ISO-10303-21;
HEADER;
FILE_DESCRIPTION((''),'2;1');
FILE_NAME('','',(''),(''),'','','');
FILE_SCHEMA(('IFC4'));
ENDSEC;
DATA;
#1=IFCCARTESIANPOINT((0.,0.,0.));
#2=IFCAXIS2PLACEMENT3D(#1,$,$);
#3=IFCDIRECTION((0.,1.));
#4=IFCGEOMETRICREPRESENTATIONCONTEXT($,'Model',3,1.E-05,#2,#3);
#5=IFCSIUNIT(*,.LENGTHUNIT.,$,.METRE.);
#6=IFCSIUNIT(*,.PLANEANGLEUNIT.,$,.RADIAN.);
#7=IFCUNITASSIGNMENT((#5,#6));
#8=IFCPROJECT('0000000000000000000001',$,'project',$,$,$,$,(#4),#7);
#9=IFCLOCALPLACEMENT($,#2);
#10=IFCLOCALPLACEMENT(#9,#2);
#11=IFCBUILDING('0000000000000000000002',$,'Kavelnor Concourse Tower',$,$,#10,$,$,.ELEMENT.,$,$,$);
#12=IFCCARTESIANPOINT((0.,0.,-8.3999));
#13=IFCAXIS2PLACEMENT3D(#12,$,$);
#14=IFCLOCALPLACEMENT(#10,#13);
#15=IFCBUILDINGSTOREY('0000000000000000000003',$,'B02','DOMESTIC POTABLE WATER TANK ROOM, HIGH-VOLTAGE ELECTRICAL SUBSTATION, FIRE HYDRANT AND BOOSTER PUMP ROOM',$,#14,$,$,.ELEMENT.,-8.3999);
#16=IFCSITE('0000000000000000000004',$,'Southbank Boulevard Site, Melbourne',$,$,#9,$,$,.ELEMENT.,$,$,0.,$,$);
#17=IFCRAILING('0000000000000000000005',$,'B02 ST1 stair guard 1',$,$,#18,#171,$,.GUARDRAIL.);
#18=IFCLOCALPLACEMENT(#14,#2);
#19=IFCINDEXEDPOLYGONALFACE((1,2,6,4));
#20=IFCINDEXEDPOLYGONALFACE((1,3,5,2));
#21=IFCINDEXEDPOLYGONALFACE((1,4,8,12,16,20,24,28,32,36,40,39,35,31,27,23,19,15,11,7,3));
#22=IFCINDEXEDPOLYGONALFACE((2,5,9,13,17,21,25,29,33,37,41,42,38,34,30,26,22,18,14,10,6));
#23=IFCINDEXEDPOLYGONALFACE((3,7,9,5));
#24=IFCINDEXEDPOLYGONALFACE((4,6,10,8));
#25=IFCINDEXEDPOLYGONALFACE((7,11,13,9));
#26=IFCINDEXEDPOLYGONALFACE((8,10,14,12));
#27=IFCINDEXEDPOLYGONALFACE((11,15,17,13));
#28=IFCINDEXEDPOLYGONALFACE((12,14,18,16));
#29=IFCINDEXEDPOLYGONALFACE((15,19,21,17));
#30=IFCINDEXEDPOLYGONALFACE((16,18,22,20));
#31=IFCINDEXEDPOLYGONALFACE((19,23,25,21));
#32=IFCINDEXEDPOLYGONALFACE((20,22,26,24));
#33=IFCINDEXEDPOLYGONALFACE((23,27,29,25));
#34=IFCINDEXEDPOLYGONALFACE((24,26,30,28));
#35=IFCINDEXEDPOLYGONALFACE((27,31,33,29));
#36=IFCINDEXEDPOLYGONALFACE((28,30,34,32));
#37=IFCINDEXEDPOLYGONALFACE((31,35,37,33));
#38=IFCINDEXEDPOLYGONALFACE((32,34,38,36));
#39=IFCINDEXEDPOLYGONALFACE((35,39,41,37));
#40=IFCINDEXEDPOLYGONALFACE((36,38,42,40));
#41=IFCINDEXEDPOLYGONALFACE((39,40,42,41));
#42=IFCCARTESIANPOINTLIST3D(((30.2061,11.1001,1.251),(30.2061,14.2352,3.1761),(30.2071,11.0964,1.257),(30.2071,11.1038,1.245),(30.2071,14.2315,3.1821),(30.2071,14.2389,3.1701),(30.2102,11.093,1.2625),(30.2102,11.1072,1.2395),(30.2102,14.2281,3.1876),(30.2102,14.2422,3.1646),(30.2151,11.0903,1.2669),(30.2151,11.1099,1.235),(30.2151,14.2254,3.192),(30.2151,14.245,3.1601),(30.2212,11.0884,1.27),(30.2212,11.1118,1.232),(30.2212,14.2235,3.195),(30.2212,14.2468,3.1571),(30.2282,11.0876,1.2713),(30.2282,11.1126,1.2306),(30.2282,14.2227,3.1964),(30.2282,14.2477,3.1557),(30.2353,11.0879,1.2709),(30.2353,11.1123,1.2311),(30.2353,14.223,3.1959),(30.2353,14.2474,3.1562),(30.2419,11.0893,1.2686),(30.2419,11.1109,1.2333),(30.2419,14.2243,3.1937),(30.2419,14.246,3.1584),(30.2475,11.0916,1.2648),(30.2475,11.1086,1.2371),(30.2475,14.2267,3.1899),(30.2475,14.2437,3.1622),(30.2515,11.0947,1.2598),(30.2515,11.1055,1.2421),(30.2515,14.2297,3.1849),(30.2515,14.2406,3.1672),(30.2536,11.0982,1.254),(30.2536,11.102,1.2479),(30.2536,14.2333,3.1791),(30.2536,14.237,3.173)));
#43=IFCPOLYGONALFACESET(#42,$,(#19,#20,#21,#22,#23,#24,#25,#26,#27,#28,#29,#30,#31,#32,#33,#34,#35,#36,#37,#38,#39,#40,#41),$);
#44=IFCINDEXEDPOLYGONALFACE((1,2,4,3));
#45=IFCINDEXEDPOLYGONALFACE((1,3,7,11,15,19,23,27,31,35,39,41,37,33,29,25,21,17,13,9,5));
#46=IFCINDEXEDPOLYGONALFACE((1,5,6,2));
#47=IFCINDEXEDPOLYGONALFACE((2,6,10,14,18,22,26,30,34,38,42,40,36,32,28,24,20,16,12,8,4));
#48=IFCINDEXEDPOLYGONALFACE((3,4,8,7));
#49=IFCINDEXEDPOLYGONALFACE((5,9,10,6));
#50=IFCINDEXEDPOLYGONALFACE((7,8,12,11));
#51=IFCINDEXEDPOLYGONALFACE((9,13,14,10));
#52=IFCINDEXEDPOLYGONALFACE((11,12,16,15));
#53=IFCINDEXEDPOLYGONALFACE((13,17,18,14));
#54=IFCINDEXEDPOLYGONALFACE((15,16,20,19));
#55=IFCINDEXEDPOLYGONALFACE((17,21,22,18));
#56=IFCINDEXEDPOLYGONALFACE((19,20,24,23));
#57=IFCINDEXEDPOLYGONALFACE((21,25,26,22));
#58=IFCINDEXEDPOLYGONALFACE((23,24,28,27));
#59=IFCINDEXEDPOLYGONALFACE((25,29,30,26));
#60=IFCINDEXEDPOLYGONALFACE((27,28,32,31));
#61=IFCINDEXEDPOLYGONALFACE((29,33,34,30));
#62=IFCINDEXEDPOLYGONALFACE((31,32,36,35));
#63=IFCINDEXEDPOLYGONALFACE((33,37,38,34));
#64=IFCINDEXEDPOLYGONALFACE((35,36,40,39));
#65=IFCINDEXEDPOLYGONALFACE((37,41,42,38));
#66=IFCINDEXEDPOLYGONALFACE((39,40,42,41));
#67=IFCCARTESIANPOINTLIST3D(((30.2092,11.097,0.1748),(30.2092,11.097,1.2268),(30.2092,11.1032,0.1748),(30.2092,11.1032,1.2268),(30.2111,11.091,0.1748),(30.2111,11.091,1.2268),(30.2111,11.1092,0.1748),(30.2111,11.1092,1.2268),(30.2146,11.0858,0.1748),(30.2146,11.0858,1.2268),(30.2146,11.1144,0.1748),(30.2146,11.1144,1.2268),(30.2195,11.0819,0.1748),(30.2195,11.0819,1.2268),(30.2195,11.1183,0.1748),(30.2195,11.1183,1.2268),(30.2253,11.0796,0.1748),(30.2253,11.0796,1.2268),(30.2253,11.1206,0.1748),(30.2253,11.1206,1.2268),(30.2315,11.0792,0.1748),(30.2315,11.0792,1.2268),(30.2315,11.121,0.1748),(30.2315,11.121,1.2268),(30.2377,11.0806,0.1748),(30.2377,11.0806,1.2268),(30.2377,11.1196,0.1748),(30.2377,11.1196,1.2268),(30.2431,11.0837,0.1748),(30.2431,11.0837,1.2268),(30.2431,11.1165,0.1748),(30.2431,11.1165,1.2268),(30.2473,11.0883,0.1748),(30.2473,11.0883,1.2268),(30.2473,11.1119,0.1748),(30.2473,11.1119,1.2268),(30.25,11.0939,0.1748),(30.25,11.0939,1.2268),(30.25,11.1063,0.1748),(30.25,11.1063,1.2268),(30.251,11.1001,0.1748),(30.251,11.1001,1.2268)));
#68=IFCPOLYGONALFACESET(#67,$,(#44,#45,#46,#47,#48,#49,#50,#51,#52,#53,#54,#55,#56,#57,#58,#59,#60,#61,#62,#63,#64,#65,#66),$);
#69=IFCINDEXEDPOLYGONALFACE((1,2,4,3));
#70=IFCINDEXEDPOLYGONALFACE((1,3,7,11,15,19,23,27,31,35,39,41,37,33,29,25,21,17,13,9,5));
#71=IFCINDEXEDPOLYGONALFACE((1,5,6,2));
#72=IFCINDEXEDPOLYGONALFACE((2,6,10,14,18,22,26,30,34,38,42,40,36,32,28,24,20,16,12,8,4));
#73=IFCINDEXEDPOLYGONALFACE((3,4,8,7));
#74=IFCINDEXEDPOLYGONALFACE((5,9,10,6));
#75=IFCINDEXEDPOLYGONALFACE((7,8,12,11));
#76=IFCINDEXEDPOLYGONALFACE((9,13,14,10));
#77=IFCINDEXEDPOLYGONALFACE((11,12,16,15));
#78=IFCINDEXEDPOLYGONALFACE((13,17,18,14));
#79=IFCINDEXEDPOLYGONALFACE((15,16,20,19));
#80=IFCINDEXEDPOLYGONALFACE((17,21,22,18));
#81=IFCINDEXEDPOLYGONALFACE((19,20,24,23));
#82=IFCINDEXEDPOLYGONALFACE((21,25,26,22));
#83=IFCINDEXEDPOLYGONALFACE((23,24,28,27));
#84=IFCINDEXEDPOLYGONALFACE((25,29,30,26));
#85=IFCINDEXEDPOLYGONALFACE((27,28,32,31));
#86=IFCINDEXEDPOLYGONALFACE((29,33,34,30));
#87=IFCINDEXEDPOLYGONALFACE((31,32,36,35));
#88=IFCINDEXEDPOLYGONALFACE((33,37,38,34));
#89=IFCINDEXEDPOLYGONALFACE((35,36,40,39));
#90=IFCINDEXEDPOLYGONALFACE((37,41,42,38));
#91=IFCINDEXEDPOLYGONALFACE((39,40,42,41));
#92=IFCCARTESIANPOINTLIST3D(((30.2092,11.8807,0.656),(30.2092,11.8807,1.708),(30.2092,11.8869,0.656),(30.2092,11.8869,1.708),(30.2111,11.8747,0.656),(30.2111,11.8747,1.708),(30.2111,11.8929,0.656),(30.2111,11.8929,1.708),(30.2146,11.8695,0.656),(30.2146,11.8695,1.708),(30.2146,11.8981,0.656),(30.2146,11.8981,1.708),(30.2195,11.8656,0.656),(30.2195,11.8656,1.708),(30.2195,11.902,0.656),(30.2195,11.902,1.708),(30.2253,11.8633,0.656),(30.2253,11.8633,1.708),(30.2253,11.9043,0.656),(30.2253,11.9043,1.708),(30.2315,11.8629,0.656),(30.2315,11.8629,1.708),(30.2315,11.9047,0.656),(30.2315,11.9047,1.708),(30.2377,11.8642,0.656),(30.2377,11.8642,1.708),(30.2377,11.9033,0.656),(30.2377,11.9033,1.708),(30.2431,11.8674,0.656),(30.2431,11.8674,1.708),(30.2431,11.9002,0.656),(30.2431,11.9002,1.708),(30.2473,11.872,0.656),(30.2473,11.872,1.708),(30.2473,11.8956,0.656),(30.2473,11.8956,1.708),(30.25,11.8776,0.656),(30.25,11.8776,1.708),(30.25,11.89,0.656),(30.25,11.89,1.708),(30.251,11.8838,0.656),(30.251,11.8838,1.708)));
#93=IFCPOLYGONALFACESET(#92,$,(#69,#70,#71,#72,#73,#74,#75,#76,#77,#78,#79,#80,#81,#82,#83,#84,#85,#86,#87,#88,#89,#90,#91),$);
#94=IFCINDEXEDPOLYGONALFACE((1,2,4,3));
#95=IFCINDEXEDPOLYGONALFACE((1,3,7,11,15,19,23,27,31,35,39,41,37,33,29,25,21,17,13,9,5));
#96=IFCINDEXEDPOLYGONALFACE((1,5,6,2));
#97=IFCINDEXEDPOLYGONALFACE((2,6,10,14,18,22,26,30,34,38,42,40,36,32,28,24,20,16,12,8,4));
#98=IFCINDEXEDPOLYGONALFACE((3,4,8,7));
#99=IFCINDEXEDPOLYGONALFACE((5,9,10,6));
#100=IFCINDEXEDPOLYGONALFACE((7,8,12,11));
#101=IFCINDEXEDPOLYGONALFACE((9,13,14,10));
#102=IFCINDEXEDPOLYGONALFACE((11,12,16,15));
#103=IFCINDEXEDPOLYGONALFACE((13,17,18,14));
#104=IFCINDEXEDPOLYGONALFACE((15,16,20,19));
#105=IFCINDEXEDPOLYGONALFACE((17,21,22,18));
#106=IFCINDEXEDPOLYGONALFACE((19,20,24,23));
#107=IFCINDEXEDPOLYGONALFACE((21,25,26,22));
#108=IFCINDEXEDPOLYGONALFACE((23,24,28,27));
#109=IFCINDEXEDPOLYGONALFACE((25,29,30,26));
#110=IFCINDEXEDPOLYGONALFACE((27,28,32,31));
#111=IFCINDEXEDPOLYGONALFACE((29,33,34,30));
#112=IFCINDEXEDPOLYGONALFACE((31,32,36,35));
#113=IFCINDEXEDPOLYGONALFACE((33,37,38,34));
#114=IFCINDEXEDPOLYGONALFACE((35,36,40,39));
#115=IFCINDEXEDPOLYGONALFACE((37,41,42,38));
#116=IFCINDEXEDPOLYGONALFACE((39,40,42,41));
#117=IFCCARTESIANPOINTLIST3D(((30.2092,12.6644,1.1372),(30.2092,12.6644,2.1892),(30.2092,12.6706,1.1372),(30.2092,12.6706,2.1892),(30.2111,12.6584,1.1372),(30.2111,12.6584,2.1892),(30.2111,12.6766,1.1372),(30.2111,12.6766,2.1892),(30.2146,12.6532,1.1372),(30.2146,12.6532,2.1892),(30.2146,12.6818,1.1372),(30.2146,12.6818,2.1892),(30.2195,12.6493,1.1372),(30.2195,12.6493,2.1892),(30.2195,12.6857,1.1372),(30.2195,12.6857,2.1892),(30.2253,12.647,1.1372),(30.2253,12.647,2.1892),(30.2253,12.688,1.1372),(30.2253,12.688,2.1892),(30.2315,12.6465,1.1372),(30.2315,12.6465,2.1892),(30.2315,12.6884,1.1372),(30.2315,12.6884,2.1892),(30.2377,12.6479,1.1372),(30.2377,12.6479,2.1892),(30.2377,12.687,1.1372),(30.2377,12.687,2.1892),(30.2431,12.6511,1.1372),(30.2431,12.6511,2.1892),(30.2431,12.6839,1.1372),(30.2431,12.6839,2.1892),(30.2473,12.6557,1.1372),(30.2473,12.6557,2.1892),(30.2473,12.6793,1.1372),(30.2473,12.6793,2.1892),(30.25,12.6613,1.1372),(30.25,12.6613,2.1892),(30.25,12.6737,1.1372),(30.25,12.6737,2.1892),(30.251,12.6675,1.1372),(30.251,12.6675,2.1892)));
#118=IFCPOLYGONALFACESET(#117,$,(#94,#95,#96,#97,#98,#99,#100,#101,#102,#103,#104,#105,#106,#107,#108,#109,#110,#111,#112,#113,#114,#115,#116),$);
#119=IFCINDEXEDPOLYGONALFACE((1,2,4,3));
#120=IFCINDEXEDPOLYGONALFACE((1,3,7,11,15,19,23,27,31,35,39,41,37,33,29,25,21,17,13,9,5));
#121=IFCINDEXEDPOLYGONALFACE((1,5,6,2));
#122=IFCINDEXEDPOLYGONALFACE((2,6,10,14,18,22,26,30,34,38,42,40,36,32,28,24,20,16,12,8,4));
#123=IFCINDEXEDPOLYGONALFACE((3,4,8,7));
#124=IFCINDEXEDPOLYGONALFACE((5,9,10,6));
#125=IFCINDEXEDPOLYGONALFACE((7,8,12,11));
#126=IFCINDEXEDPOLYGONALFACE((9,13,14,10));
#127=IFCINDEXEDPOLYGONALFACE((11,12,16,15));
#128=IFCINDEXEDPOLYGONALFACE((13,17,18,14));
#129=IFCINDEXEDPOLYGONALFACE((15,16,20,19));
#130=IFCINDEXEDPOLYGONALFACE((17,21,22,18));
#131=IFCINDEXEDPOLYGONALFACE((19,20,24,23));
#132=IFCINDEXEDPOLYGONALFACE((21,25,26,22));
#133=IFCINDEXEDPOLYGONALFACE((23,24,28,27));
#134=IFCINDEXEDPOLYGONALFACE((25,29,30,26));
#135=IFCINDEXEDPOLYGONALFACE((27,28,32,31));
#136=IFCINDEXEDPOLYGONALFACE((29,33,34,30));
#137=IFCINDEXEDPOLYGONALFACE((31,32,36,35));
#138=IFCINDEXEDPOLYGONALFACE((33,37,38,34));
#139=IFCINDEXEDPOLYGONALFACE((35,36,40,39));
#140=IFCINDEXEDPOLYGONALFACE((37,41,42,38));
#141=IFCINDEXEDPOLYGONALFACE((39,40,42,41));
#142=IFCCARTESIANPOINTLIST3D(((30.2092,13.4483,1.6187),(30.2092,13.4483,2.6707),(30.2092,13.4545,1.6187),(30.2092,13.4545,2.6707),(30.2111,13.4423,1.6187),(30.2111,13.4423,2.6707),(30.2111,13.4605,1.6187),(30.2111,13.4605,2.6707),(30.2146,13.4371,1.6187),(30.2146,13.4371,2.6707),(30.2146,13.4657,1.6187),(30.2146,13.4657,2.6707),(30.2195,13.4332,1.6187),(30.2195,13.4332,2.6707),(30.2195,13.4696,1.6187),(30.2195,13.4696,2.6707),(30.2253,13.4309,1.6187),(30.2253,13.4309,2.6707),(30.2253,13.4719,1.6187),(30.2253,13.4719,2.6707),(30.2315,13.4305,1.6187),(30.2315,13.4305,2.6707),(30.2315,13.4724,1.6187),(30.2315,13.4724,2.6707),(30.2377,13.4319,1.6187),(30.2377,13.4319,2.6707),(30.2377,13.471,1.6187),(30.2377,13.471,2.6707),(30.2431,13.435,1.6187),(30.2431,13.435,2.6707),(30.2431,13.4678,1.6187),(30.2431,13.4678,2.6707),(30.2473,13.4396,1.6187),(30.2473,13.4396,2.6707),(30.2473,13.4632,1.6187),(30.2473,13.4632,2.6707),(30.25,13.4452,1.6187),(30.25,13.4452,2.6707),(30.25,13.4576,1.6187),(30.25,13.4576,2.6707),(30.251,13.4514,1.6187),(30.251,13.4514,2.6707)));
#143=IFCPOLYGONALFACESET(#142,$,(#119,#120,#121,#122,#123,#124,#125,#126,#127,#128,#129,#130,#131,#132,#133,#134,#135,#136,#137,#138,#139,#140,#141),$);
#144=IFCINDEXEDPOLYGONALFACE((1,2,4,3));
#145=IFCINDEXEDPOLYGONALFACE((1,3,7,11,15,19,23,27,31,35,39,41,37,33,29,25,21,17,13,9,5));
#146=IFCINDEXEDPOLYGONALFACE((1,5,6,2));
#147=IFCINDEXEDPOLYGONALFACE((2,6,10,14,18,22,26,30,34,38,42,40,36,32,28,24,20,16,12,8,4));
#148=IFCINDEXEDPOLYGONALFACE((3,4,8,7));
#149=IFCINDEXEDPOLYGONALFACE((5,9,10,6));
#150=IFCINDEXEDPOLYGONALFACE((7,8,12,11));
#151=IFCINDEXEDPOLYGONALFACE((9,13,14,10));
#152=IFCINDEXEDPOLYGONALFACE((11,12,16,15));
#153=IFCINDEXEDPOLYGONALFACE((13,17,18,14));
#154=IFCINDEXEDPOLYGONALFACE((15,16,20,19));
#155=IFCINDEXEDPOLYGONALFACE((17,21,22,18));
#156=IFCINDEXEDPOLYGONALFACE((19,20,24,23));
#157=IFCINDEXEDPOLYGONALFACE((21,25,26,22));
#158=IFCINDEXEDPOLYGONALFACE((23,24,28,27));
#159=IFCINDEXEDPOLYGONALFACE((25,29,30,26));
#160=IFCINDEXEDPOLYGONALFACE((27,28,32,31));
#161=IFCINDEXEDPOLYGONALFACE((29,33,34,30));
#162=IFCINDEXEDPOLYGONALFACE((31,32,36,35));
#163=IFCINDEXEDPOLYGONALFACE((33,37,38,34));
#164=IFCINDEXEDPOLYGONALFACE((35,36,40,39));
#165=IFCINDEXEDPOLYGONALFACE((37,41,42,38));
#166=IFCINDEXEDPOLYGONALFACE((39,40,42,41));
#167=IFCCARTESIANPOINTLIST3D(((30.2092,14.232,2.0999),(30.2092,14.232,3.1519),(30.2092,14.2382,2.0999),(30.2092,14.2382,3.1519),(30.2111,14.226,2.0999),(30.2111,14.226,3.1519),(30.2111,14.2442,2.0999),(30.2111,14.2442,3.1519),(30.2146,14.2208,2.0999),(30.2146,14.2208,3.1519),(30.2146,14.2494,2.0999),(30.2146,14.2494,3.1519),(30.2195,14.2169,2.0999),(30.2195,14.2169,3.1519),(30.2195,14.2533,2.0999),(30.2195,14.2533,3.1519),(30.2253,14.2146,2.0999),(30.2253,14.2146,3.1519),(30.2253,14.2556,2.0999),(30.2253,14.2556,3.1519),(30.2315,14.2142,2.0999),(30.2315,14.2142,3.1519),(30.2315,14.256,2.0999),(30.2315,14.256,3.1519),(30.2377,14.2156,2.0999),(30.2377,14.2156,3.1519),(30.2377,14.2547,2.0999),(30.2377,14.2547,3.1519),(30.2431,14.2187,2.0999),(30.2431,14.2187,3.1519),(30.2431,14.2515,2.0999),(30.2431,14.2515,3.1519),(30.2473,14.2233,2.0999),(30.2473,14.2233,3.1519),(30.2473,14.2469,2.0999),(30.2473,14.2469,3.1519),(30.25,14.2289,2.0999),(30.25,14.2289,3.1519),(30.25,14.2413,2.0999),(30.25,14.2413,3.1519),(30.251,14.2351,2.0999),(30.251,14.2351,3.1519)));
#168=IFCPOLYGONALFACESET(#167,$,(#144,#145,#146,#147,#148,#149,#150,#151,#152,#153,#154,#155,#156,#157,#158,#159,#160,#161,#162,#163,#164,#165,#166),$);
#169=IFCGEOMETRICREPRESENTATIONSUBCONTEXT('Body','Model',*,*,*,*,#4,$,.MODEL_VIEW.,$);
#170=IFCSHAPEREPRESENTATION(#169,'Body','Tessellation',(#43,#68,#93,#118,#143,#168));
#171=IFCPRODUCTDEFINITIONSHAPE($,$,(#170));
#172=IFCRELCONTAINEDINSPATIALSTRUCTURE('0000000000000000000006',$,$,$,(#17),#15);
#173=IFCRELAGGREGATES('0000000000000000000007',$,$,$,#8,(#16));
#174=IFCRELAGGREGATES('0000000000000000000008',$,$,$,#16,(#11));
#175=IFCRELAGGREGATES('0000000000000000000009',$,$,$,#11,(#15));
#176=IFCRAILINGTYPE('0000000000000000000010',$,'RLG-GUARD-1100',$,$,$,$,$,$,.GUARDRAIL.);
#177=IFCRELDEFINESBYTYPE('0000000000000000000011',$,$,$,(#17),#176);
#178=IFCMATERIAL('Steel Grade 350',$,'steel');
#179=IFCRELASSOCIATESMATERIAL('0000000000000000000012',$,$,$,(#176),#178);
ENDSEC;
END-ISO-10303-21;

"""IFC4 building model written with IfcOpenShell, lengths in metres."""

from ifc_helpers import new_model, si_unit, direction, frame, origin, origin_2d, place, context, subcontext, project, spatial, circle, extrude, material, type_object, element, save


model = new_model("IFC4")

# Units and contexts
model_context = context("Model", 3, precision=1e-05, world=origin(), true_north=direction((0.0, 1.0)))
body_context = subcontext(model_context, "Body", "Model", "MODEL_VIEW")
ifc_project = project(units=[si_unit("LENGTHUNIT", "METRE"), si_unit("PLANEANGLEUNIT", "RADIAN")], contexts=[model_context])

# Site, building, storey
site_placement = place(None, origin())
site = spatial("IfcSite", under=ifc_project, at=site_placement, Name="Southbank Boulevard Site, Melbourne", CompositionType="ELEMENT", RefElevation=0.0)
building_placement = place(site_placement, origin())
building = spatial("IfcBuilding", under=site, at=building_placement, Name="Kavelnor Concourse Tower", CompositionType="ELEMENT")
storey_placement = place(building_placement, frame((0.0, 0.0, -8.3999)))
storey = spatial("IfcBuildingStorey", under=building, at=storey_placement, Name="B02", Description="DOMESTIC POTABLE WATER TANK ROOM, HIGH-VOLTAGE ELECTRICAL SUBSTATION, FIRE HYDRANT AND BOOSTER PUMP ROOM", CompositionType="ELEMENT", Elevation=-8.3999)

# Shared definitions
ifc_material_1 = material(Name="Steel Grade 350", Category="steel")

# Railing
railing_type_1 = type_object("IfcRailingType", Name="RLG-GUARD-1100", PredefinedType="GUARDRAIL", material=ifc_material_1)
railing_1_placement = place(storey_placement, frame((30.23, 11.1001, 0.1748)))
element("IfcRailing", 1, at=railing_1_placement, inside=storey, type_object=railing_type_1, Name="B02 ST1 stair guard 1", PredefinedType="GUARDRAIL", context=body_context, shape_type="SweptSolid", body=[
    extrude(circle(Radius=0.0239, at=origin_2d()), frame((0.0, 0.0, 1.0762), z_axis=(0.0, 0.852166, 0.523271), x_axis=(-1.0, 0.0, 0.0)), (0.0, 0.0, 1.0), 3.679),
    extrude(circle(Radius=0.021, at=origin_2d()), origin(), (0.0, 0.0, 1.0), 1.052),
    extrude(circle(Radius=0.021, at=origin_2d()), frame((0.0, 0.7837, 0.4812)), (0.0, 0.0, 1.0), 1.052),
    extrude(circle(Radius=0.021, at=origin_2d()), frame((0.0, 1.5674, 0.9624)), (0.0, 0.0, 1.0), 1.052),
    extrude(circle(Radius=0.021, at=origin_2d()), frame((0.0, 2.3513, 1.4438)), (0.0, 0.0, 1.0), 1.052),
    extrude(circle(Radius=0.021, at=origin_2d()), frame((0.0, 3.135, 1.925)), (0.0, 0.0, 1.0), 1.052),
])

save(model, "model.ifc")
